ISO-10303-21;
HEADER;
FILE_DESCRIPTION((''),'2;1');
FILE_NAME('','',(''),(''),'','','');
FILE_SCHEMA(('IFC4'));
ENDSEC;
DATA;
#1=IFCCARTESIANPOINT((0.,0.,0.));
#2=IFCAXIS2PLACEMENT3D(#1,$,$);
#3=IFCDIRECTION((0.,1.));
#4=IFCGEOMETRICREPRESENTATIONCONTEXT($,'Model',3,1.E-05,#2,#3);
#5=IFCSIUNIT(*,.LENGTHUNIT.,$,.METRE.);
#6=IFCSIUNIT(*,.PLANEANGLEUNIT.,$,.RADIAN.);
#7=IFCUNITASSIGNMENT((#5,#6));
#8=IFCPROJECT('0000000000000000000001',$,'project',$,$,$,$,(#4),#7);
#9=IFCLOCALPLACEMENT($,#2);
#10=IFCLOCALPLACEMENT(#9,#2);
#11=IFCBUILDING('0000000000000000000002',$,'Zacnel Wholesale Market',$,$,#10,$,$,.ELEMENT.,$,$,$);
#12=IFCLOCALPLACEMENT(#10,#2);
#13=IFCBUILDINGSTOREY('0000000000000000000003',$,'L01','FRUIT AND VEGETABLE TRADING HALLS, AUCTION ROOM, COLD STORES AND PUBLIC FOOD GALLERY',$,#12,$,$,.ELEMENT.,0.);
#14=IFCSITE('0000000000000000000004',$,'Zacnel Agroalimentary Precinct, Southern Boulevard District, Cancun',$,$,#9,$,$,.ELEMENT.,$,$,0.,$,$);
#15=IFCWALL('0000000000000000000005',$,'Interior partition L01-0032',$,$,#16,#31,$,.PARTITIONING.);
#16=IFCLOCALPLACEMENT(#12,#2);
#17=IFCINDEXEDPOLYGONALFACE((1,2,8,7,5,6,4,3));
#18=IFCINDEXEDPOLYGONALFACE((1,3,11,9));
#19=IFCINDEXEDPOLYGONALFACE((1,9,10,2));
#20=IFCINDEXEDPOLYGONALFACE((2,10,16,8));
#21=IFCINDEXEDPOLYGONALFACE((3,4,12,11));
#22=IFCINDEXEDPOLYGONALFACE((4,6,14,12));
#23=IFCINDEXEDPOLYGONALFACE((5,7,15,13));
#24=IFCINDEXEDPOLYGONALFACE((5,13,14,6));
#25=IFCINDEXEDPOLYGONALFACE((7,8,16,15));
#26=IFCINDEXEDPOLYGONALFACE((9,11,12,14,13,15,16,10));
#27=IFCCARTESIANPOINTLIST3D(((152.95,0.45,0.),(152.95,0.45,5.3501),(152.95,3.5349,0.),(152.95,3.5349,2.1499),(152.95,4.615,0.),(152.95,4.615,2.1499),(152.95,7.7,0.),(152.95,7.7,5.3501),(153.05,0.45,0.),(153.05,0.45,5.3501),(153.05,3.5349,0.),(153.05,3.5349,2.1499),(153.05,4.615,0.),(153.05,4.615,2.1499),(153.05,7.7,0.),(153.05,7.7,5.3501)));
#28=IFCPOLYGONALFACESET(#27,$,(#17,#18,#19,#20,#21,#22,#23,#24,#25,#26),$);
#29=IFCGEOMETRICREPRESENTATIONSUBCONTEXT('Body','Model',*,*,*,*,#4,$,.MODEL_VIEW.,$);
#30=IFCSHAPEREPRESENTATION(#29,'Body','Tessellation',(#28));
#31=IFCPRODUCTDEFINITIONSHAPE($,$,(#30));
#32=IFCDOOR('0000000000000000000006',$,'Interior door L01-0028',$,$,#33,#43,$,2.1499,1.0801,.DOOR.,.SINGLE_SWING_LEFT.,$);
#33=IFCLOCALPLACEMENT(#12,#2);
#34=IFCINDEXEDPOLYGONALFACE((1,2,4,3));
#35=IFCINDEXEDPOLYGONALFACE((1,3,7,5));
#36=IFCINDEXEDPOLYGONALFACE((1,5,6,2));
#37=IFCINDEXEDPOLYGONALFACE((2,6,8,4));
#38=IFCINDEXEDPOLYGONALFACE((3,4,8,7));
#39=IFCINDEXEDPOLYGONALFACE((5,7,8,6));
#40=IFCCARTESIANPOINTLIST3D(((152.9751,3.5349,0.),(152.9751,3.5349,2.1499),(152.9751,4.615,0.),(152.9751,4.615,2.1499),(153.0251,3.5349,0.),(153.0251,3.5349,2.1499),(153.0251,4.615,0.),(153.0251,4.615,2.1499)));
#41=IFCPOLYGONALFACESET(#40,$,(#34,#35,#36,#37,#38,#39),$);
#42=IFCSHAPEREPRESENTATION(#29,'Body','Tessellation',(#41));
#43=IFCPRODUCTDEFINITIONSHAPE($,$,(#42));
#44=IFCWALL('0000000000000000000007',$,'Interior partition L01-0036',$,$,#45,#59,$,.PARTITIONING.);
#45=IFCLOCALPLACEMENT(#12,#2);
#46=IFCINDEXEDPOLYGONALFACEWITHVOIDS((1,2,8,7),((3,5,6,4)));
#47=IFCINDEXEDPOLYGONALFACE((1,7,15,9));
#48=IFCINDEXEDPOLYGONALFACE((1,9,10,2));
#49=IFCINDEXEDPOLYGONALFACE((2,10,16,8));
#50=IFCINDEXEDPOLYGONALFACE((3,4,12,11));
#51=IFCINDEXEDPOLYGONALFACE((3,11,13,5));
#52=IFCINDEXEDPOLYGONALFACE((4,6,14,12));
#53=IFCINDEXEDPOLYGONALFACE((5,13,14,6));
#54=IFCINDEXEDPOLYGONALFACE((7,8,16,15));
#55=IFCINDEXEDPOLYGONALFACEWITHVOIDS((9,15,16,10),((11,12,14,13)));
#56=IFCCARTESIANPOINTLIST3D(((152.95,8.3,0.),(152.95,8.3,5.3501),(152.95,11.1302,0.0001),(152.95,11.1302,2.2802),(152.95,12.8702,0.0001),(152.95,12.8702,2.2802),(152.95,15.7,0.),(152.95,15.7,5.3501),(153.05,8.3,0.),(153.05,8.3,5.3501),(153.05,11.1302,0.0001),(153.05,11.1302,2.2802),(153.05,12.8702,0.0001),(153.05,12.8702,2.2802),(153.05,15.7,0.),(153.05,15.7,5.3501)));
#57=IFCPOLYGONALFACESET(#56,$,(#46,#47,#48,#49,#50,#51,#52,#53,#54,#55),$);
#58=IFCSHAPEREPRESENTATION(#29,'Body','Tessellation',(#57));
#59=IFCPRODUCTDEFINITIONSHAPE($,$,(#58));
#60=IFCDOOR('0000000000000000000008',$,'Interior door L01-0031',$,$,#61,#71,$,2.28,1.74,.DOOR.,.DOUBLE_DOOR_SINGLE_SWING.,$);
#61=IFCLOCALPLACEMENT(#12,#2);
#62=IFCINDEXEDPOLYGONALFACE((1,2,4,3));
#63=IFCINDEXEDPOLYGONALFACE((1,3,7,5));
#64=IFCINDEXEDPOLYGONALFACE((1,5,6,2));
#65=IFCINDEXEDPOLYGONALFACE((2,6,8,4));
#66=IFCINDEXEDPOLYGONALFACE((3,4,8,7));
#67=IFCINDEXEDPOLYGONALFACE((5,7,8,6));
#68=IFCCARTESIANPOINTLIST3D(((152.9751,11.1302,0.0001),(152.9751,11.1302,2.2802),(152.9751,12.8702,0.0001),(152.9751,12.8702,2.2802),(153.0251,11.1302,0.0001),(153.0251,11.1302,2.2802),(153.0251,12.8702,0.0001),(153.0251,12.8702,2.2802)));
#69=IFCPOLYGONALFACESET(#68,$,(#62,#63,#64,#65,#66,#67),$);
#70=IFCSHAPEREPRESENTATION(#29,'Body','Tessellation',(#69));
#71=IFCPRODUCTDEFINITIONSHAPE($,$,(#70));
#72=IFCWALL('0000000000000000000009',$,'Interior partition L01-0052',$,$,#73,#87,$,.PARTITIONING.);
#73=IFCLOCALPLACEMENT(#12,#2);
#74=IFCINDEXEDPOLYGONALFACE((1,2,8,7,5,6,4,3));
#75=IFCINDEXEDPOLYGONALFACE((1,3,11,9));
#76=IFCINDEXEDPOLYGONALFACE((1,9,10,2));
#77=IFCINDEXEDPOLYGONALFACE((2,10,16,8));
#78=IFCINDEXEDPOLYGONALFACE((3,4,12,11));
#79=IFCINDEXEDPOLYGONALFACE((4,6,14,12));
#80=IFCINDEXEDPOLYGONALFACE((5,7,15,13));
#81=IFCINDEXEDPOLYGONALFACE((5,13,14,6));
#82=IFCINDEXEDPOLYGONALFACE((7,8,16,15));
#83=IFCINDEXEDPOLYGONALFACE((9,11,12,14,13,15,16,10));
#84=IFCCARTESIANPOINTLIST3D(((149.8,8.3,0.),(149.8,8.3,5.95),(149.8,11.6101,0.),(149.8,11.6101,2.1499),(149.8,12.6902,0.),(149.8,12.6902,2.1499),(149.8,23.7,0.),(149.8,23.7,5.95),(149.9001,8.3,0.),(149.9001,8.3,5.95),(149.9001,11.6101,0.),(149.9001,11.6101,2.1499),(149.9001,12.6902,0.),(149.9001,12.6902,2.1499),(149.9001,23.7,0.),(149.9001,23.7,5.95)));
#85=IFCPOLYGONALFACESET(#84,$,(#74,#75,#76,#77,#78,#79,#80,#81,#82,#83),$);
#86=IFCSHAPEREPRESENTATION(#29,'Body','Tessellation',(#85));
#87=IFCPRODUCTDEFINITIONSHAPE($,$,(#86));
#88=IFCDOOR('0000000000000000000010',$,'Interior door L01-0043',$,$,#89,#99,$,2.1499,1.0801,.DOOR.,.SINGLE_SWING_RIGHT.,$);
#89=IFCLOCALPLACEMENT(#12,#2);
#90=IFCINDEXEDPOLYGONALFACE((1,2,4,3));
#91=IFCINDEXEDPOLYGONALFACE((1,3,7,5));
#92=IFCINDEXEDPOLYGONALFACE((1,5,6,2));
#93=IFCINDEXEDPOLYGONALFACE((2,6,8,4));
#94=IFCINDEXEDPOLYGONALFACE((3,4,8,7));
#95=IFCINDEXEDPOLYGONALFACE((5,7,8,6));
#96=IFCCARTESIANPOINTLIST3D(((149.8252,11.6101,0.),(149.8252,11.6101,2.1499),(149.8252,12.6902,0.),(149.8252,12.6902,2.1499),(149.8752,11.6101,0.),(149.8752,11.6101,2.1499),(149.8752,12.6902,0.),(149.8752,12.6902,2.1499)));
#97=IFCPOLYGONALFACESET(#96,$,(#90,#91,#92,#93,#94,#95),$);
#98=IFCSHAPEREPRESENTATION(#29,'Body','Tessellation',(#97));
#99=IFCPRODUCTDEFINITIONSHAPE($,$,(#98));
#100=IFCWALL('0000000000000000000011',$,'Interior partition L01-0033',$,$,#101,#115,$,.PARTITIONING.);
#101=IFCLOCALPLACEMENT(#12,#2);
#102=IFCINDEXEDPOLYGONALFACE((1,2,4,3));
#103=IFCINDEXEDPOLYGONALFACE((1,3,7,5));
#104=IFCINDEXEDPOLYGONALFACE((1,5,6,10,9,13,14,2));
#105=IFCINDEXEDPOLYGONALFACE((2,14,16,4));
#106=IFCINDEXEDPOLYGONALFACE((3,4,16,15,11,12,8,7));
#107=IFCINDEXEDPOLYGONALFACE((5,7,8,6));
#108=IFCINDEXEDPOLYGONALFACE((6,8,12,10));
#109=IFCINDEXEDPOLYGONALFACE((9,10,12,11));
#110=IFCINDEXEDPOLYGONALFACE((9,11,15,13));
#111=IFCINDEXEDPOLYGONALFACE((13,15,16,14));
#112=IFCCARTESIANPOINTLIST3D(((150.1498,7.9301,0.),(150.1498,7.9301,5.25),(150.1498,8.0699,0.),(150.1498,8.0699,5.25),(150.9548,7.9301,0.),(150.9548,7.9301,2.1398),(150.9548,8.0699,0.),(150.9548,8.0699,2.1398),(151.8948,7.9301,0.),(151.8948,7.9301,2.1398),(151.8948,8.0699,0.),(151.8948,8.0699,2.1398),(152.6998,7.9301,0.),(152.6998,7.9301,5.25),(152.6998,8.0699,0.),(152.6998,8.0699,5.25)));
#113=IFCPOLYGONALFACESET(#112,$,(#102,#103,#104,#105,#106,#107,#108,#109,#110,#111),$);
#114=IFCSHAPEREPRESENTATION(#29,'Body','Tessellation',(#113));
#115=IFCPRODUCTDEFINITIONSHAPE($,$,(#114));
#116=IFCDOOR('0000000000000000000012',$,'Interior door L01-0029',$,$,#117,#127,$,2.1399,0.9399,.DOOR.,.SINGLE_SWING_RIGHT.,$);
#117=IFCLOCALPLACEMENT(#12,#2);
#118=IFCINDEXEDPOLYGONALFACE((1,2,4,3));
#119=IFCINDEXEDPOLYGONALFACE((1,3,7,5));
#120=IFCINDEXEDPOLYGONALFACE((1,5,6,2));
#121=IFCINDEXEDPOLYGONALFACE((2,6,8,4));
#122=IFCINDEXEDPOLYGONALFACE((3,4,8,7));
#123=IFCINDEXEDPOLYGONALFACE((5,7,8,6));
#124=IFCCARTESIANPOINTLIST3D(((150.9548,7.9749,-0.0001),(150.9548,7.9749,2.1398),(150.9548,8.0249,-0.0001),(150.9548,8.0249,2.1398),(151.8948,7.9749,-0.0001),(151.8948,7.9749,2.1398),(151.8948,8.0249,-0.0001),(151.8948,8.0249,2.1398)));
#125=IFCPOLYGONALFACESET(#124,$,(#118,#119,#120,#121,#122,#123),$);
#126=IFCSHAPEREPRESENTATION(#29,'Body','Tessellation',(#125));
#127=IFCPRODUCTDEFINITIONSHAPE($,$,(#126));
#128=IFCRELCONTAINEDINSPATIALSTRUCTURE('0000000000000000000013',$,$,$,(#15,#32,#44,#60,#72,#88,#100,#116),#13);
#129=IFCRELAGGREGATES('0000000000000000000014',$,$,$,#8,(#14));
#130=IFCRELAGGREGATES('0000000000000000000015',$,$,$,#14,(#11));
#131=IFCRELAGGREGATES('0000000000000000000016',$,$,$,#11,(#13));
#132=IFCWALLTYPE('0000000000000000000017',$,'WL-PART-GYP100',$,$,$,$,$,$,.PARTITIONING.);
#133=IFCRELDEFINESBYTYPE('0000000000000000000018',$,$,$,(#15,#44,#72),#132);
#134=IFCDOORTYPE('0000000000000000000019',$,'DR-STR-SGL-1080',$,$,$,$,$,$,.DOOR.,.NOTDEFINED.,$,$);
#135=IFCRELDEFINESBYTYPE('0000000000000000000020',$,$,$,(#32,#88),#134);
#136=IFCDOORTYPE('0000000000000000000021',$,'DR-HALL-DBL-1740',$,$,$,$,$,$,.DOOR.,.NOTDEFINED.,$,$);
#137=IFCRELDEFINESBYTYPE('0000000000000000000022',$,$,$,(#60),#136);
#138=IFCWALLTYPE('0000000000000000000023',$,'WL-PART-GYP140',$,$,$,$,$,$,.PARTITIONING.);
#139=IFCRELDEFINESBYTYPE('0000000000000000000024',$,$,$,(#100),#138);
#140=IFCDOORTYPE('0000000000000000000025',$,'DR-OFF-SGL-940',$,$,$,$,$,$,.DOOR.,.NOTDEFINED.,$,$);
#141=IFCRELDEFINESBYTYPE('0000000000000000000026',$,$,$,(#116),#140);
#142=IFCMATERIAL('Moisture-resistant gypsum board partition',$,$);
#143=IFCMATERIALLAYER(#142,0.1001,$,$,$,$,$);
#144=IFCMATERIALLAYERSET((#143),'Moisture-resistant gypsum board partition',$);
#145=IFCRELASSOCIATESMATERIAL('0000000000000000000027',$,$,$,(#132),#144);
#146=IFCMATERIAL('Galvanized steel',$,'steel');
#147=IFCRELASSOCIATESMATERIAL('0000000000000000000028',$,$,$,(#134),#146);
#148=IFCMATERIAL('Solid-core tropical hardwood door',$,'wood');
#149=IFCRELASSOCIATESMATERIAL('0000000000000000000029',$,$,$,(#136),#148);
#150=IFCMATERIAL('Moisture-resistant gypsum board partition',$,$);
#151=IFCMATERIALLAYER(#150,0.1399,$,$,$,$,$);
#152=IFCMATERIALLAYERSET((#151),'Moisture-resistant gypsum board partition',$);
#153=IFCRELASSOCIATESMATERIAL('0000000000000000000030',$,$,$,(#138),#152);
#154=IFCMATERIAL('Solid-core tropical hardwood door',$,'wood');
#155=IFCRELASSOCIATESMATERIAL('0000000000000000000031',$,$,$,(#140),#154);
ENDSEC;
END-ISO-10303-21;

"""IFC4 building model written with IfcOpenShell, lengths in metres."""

from ifc_helpers import new_model, si_unit, direction, frame, frame_2d, origin, place, context, subcontext, project, spatial, rectangle, extrude, material, layer, layer_set, type_object, element, fill, save


model = new_model("IFC4")

# Units and contexts
model_context = context("Model", 3, precision=1e-05, world=origin(), true_north=direction((0.0, 1.0)))
body_context = subcontext(model_context, "Body", "Model", "MODEL_VIEW")
ifc_project = project(units=[si_unit("LENGTHUNIT", "METRE"), si_unit("PLANEANGLEUNIT", "RADIAN")], contexts=[model_context])

# Site, building, storey
site_placement = place(None, origin())
site = spatial("IfcSite", under=ifc_project, at=site_placement, Name="Zacnel Agroalimentary Precinct, Southern Boulevard District, Cancun", CompositionType="ELEMENT", RefElevation=0.0)
building_placement = place(site_placement, origin())
building = spatial("IfcBuilding", under=site, at=building_placement, Name="Zacnel Wholesale Market", CompositionType="ELEMENT")
storey_placement = place(building_placement, origin())
storey = spatial("IfcBuildingStorey", under=building, at=storey_placement, Name="L01", Description="FRUIT AND VEGETABLE TRADING HALLS, AUCTION ROOM, COLD STORES AND PUBLIC FOOD GALLERY", CompositionType="ELEMENT", Elevation=0.0)

# Walls, openings, doors
ifc_material_1 = material(Name="Moisture-resistant gypsum board partition")
ifc_layer_1 = layer(ifc_material_1, 0.1001)
ifc_layer_set_1 = layer_set([ifc_layer_1], Name="Moisture-resistant gypsum board partition")
wall_type_1 = type_object("IfcWallType", Name="WL-PART-GYP100", PredefinedType="PARTITIONING", material=ifc_layer_set_1)
wall_1_placement = place(storey_placement, frame((153.0, 0.45, 0.0), z_axis=(0.0, 0.0, 1.0), x_axis=(0.0, 1.0, 0.0)))
wall_1 = element("IfcWall", 1, at=wall_1_placement, inside=storey, type_object=wall_type_1, Name="Interior partition L01-0032", PredefinedType="PARTITIONING", context=body_context, shape_type="SweptSolid", body=[
    extrude(rectangle(XDim=7.25, YDim=0.1001, at=frame_2d((3.625, 0.0))), origin(), (0.0, 0.0, 1.0), 5.3501),
])
opening_1_placement = place(wall_1_placement, frame((3.085, 0.0, 0.0)))
opening_1 = element("IfcOpeningElement", 2, at=opening_1_placement, cuts=wall_1, PredefinedType="OPENING", context=body_context, shape_type="SweptSolid", body=[
    extrude(rectangle(XDim=1.0801, YDim=2.1499, at=frame_2d((0.54, 1.075))), frame((0.0, 0.0601, 0.0), z_axis=(0.0, -1.0, 0.0), x_axis=(1.0, 0.0, 0.0)), (0.0, 0.0, 1.0), 0.1201),
])
ifc_material_2 = material(Name="Galvanized steel", Category="steel")
door_type_1 = type_object("IfcDoorType", Name="DR-STR-SGL-1080", OperationType="NOTDEFINED", PredefinedType="DOOR", material=ifc_material_2)
door_1_placement = place(opening_1_placement, origin())
door_1 = element("IfcDoor", 3, at=door_1_placement, inside=storey, type_object=door_type_1, Name="Interior door L01-0028", OperationType="SINGLE_SWING_LEFT", OverallHeight=2.1499, OverallWidth=1.0801, PredefinedType="DOOR", context=body_context, shape_type="SweptSolid", body=[
    extrude(rectangle(XDim=1.0801, YDim=2.1499, at=frame_2d((0.54, 1.075))), frame((0.0, 0.0249, 0.0), z_axis=(0.0, -1.0, 0.0), x_axis=(1.0, 0.0, 0.0)), (0.0, 0.0, 1.0), 0.05),
])
fill(opening_1, door_1)
wall_2_placement = place(storey_placement, frame((153.0, 8.3, 0.0), z_axis=(0.0, 0.0, 1.0), x_axis=(0.0, 1.0, 0.0)))
wall_2 = element("IfcWall", 4, at=wall_2_placement, inside=storey, type_object=wall_type_1, Name="Interior partition L01-0036", PredefinedType="PARTITIONING", context=body_context, shape_type="SweptSolid", body=[
    extrude(rectangle(XDim=7.3999, YDim=0.1001, at=frame_2d((3.7, 0.0))), origin(), (0.0, 0.0, 1.0), 5.3501),
])
opening_2_placement = place(wall_2_placement, frame((2.8301, 0.0, 0.0)))
opening_2 = element("IfcOpeningElement", 5, at=opening_2_placement, cuts=wall_2, PredefinedType="OPENING", context=body_context, shape_type="SweptSolid", body=[
    extrude(rectangle(XDim=1.74, YDim=2.28, at=frame_2d((0.8701, 1.1401))), frame((0.0, 0.0601, 0.0), z_axis=(0.0, -1.0, 0.0), x_axis=(1.0, 0.0, 0.0)), (0.0, 0.0, 1.0), 0.1201),
])
ifc_material_3 = material(Name="Solid-core tropical hardwood door", Category="wood")
door_type_2 = type_object("IfcDoorType", Name="DR-HALL-DBL-1740", OperationType="NOTDEFINED", PredefinedType="DOOR", material=ifc_material_3)
door_2_placement = place(opening_2_placement, origin())
door_2 = element("IfcDoor", 6, at=door_2_placement, inside=storey, type_object=door_type_2, Name="Interior door L01-0031", OperationType="DOUBLE_DOOR_SINGLE_SWING", OverallHeight=2.28, OverallWidth=1.74, PredefinedType="DOOR", context=body_context, shape_type="SweptSolid", body=[
    extrude(rectangle(XDim=1.74, YDim=2.28, at=frame_2d((0.8701, 1.1401))), frame((0.0, 0.0249, 0.0), z_axis=(0.0, -1.0, 0.0), x_axis=(1.0, 0.0, 0.0)), (0.0, 0.0, 1.0), 0.05),
])
fill(opening_2, door_2)
wall_3_placement = place(storey_placement, frame((149.8501, 8.3, 0.0), z_axis=(0.0, 0.0, 1.0), x_axis=(0.0, 1.0, 0.0)))
wall_3 = element("IfcWall", 7, at=wall_3_placement, inside=storey, type_object=wall_type_1, Name="Interior partition L01-0052", PredefinedType="PARTITIONING", context=body_context, shape_type="SweptSolid", body=[
    extrude(rectangle(XDim=15.3999, YDim=0.1001, at=frame_2d((7.7, 0.0))), origin(), (0.0, 0.0, 1.0), 5.95),
])
opening_3_placement = place(wall_3_placement, frame((3.3101, 0.0, 0.0)))
opening_3 = element("IfcOpeningElement", 8, at=opening_3_placement, cuts=wall_3, PredefinedType="OPENING", context=body_context, shape_type="SweptSolid", body=[
    extrude(rectangle(XDim=1.0801, YDim=2.1499, at=frame_2d((0.54, 1.075))), frame((0.0, 0.0601, 0.0), z_axis=(0.0, -1.0, 0.0), x_axis=(1.0, 0.0, 0.0)), (0.0, 0.0, 1.0), 0.1201),
])
door_3_placement = place(opening_3_placement, origin())
door_3 = element("IfcDoor", 9, at=door_3_placement, inside=storey, type_object=door_type_1, Name="Interior door L01-0043", OperationType="SINGLE_SWING_RIGHT", OverallHeight=2.1499, OverallWidth=1.0801, PredefinedType="DOOR", context=body_context, shape_type="SweptSolid", body=[
    extrude(rectangle(XDim=1.0801, YDim=2.1499, at=frame_2d((0.54, 1.075))), frame((0.0, 0.0249, 0.0), z_axis=(0.0, -1.0, 0.0), x_axis=(1.0, 0.0, 0.0)), (0.0, 0.0, 1.0), 0.05),
])
fill(opening_3, door_3)
ifc_material_4 = material(Name="Moisture-resistant gypsum board partition")
ifc_layer_2 = layer(ifc_material_4, 0.1399)
ifc_layer_set_2 = layer_set([ifc_layer_2], Name="Moisture-resistant gypsum board partition")
wall_type_2 = type_object("IfcWallType", Name="WL-PART-GYP140", PredefinedType="PARTITIONING", material=ifc_layer_set_2)
wall_4_placement = place(storey_placement, frame((150.1499, 8.0, 0.0), z_axis=(0.0, 0.0, 1.0), x_axis=(1.0, 0.0, 0.0)))
wall_4 = element("IfcWall", 10, at=wall_4_placement, inside=storey, type_object=wall_type_2, Name="Interior partition L01-0033", PredefinedType="PARTITIONING", context=body_context, shape_type="SweptSolid", body=[
    extrude(rectangle(XDim=2.55, YDim=0.1399, at=frame_2d((1.2749, 0.0))), origin(), (0.0, 0.0, 1.0), 5.25),
])
opening_4_placement = place(wall_4_placement, frame((0.8049, 0.0, 0.0)))
opening_4 = element("IfcOpeningElement", 11, at=opening_4_placement, cuts=wall_4, PredefinedType="OPENING", context=body_context, shape_type="SweptSolid", body=[
    extrude(rectangle(XDim=0.9399, YDim=2.1399, at=frame_2d((0.47, 1.0698))), frame((0.0, 0.0798, 0.0), z_axis=(0.0, -1.0, 0.0), x_axis=(1.0, 0.0, 0.0)), (0.0, 0.0, 1.0), 0.1599),
])
ifc_material_5 = material(Name="Solid-core tropical hardwood door", Category="wood")
door_type_3 = type_object("IfcDoorType", Name="DR-OFF-SGL-940", OperationType="NOTDEFINED", PredefinedType="DOOR", material=ifc_material_5)
door_4_placement = place(opening_4_placement, origin())
door_4 = element("IfcDoor", 12, at=door_4_placement, inside=storey, type_object=door_type_3, Name="Interior door L01-0029", OperationType="SINGLE_SWING_RIGHT", OverallHeight=2.1399, OverallWidth=0.9399, PredefinedType="DOOR", context=body_context, shape_type="SweptSolid", body=[
    extrude(rectangle(XDim=0.9399, YDim=2.1399, at=frame_2d((0.47, 1.0698))), frame((0.0, 0.0249, 0.0), z_axis=(0.0, -1.0, 0.0), x_axis=(1.0, 0.0, 0.0)), (0.0, 0.0, 1.0), 0.05),
])
fill(opening_4, door_4)

save(model, "model.ifc")
